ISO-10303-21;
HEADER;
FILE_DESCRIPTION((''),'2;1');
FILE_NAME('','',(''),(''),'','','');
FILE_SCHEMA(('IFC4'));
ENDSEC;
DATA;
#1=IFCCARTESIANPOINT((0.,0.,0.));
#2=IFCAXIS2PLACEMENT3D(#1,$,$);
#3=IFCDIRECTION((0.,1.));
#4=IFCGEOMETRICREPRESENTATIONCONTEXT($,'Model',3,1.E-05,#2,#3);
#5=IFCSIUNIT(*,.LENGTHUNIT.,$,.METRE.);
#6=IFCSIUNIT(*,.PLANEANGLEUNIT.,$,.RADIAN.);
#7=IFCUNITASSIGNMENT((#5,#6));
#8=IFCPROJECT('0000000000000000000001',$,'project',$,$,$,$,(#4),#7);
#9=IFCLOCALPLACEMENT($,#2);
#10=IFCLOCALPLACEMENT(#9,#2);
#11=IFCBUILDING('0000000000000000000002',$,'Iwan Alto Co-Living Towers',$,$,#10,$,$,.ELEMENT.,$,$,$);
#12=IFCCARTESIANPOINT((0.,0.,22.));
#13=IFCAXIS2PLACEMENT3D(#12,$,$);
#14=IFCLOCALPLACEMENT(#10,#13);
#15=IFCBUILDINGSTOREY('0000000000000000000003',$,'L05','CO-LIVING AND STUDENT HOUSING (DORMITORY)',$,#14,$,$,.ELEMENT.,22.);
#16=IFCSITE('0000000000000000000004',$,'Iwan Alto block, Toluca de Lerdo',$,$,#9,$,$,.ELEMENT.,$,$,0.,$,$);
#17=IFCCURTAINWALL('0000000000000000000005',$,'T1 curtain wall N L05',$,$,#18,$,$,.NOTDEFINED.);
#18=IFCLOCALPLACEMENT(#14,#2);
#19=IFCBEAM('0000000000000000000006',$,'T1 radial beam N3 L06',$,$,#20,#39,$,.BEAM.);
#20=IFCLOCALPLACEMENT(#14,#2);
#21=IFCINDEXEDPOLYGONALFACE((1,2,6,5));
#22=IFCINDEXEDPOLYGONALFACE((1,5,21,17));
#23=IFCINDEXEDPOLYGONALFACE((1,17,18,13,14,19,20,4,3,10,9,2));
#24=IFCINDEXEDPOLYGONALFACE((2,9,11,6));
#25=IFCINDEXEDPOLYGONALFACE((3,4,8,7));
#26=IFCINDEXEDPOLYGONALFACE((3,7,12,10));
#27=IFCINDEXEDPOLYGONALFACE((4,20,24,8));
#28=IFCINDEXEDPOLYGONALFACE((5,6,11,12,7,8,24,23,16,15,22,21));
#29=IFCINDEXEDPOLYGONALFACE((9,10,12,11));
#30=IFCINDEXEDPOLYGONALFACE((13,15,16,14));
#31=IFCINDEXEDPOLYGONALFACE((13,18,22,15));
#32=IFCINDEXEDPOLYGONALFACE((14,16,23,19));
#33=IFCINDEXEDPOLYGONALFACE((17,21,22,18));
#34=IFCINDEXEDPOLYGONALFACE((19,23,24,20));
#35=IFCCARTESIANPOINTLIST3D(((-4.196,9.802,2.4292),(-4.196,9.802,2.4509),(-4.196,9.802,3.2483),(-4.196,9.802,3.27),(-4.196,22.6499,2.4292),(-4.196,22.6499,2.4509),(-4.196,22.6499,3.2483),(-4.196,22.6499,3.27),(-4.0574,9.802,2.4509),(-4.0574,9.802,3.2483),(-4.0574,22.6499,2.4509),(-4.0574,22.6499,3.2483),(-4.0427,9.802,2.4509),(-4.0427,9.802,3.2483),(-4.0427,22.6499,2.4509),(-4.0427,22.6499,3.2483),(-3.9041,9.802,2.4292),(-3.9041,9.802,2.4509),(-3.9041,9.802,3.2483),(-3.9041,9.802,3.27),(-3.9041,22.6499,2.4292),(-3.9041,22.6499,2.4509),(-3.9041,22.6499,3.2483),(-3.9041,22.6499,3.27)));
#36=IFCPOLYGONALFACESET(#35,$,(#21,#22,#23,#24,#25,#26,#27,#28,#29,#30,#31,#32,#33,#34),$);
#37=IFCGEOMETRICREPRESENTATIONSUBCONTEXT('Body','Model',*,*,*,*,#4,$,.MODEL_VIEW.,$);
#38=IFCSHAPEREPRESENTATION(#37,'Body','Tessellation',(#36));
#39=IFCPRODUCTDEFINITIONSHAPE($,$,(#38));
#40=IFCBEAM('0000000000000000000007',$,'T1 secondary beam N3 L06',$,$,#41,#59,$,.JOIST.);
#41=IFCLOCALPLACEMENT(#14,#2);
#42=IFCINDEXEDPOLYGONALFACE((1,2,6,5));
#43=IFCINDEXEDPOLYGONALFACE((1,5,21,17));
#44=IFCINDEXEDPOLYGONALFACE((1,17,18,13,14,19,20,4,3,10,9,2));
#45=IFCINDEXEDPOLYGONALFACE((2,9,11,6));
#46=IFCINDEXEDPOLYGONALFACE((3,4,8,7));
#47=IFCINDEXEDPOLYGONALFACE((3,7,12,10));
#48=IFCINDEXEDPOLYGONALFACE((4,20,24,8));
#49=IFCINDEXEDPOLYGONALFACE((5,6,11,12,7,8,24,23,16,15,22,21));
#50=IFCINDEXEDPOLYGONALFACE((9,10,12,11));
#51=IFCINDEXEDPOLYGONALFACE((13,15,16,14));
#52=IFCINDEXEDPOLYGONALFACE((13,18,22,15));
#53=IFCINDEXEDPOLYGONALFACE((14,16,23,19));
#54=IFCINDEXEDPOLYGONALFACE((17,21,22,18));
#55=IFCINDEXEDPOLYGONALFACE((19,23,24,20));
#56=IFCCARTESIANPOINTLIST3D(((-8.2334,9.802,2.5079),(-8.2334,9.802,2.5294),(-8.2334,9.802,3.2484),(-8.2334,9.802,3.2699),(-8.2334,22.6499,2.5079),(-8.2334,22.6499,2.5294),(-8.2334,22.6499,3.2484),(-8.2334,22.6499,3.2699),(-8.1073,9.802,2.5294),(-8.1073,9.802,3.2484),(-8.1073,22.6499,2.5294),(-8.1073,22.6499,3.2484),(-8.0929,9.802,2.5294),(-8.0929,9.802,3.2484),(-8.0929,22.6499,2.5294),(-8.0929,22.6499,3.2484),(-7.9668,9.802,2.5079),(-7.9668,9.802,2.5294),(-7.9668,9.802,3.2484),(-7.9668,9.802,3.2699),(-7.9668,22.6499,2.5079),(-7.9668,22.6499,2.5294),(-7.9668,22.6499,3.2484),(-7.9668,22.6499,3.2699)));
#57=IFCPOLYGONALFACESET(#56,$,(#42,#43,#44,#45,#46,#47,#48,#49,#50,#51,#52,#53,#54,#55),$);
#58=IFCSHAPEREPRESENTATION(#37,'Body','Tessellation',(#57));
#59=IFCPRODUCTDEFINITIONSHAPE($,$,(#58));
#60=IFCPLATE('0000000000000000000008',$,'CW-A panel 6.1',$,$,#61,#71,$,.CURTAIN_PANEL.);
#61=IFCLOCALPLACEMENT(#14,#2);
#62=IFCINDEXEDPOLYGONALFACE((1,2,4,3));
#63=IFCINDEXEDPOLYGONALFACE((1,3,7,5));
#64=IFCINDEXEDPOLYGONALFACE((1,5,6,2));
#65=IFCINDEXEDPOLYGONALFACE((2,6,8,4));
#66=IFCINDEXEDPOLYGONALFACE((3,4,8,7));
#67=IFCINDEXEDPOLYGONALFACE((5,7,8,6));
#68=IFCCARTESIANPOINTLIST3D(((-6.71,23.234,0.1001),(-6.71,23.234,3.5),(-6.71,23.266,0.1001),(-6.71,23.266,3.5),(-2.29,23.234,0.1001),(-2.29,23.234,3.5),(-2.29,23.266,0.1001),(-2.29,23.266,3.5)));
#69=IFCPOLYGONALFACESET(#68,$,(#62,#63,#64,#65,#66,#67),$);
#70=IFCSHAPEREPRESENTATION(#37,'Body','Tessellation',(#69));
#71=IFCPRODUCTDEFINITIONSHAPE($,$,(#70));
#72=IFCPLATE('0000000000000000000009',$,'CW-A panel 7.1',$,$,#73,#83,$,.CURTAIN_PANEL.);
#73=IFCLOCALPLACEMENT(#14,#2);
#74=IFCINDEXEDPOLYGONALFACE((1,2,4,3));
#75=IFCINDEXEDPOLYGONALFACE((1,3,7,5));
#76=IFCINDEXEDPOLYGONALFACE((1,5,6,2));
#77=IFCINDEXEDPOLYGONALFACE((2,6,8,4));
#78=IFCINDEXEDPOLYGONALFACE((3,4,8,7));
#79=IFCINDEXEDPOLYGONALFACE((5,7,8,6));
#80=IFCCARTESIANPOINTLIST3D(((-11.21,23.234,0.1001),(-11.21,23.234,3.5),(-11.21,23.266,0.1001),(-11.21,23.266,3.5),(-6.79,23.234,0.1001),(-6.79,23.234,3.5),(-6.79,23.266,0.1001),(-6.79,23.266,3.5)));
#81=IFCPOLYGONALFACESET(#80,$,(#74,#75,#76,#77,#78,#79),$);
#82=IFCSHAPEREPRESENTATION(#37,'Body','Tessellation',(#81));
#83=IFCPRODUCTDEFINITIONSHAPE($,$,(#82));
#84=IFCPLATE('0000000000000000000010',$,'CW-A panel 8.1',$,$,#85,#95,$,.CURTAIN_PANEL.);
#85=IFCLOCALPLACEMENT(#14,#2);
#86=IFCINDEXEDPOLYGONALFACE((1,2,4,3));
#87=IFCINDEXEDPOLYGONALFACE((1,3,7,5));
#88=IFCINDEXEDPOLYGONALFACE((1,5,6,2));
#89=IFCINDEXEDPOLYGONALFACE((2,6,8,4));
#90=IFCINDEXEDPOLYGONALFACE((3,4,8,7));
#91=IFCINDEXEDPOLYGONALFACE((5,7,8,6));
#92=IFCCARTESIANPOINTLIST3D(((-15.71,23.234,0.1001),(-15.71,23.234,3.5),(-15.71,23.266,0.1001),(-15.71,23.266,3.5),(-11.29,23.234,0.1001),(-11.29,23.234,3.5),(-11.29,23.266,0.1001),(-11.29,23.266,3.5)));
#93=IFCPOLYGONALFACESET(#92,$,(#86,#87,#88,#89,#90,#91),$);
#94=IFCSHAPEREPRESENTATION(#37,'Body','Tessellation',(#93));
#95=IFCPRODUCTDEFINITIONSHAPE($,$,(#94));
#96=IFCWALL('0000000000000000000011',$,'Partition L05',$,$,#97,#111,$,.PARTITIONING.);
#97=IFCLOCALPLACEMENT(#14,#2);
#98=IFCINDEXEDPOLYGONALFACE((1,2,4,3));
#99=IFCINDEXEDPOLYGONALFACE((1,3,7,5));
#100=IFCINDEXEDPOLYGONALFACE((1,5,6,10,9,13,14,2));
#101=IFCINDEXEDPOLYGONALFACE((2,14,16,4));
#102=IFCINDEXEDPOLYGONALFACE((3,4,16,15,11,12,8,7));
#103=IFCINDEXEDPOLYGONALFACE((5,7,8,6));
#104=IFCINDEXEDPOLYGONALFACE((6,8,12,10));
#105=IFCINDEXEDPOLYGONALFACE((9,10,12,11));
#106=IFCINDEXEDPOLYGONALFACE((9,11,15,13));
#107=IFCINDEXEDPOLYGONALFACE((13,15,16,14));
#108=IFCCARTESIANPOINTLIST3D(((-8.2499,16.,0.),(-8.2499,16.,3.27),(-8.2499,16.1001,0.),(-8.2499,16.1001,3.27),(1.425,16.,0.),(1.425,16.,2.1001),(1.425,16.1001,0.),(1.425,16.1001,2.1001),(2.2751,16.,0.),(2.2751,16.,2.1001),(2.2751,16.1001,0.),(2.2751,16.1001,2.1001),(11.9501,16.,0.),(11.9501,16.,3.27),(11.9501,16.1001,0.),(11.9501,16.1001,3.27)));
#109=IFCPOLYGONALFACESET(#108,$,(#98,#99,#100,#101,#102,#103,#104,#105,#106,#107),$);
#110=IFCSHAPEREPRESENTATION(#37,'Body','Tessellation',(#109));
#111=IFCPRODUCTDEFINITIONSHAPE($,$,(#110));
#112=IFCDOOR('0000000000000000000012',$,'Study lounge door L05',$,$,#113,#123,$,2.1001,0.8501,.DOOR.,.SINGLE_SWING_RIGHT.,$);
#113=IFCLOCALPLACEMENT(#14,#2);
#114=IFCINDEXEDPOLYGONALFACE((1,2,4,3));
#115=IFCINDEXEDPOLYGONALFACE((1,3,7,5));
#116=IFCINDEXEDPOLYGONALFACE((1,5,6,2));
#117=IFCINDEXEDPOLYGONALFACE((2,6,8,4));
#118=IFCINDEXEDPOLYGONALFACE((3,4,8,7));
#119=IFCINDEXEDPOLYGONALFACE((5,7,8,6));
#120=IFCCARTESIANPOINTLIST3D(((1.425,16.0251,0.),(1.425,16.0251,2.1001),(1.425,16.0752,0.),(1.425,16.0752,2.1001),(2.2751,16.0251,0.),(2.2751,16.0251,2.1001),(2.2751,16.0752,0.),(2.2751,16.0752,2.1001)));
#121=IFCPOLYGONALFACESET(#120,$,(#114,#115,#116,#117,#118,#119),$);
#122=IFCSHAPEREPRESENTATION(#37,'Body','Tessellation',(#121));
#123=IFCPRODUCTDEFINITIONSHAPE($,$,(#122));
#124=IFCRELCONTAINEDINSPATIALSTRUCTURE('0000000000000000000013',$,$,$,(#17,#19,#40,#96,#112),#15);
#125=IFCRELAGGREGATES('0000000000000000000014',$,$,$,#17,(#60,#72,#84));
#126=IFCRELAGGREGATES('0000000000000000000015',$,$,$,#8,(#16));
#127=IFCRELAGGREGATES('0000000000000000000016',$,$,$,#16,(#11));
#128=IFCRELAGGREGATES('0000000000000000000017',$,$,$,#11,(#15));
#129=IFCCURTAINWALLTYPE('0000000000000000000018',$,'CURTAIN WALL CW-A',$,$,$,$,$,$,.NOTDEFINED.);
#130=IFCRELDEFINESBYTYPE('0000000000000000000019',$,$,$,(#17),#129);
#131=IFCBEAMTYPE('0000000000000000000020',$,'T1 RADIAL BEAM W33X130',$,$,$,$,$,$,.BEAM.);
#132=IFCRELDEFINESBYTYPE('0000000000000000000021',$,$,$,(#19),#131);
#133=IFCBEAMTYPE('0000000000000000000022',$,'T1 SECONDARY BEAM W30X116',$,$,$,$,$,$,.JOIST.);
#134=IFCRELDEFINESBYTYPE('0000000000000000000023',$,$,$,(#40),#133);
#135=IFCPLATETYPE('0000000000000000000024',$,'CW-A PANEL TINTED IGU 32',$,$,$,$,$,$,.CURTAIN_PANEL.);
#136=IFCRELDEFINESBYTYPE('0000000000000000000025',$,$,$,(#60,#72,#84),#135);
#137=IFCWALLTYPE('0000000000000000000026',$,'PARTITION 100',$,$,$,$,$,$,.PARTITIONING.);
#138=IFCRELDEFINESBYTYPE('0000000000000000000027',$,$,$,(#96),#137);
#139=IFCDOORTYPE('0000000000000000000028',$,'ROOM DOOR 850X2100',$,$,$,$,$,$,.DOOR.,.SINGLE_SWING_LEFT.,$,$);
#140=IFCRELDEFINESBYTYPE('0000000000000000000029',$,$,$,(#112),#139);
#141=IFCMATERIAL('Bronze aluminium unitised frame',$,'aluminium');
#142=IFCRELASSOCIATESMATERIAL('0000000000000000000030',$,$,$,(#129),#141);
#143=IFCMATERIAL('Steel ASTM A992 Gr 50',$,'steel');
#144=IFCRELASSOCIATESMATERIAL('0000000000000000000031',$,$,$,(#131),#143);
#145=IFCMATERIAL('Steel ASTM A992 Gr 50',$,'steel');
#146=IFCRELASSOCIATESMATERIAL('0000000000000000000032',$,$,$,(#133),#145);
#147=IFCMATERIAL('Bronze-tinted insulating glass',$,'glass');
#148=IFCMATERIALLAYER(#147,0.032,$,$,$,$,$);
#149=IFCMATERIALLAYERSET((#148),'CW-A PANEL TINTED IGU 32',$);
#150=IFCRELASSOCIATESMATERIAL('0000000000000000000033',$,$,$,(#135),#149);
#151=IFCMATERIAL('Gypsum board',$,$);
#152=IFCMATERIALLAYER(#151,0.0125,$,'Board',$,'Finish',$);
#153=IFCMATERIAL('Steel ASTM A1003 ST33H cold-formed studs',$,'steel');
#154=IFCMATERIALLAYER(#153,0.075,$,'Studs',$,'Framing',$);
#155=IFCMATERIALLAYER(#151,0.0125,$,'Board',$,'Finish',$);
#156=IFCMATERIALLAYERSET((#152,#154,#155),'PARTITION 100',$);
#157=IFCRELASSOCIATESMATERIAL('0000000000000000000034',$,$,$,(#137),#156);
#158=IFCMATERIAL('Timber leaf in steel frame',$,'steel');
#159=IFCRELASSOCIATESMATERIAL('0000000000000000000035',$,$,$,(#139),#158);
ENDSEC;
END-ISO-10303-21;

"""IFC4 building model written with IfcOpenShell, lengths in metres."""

from ifc_helpers import new_model, si_unit, direction, frame, frame_2d, origin, origin_2d, place, context, subcontext, project, spatial, rectangle, i_section, extrude, material, layer, layer_set, material_profile, profile_set, type_object, element, fill, aggregate, save


model = new_model("IFC4")

# Units and contexts
model_context = context("Model", 3, precision=1e-05, world=origin(), true_north=direction((0.0, 1.0)))
body_context = subcontext(model_context, "Body", "Model", "MODEL_VIEW")
ifc_project = project(units=[si_unit("LENGTHUNIT", "METRE"), si_unit("PLANEANGLEUNIT", "RADIAN")], contexts=[model_context])

# Site, building, storey
site_placement = place(None, origin())
site = spatial("IfcSite", under=ifc_project, at=site_placement, Name="Iwan Alto block, Toluca de Lerdo", CompositionType="ELEMENT", RefElevation=0.0)
building_placement = place(site_placement, origin())
building = spatial("IfcBuilding", under=site, at=building_placement, Name="Iwan Alto Co-Living Towers", CompositionType="ELEMENT")
storey_placement = place(building_placement, frame((0.0, 0.0, 22.0)))
storey = spatial("IfcBuildingStorey", under=building, at=storey_placement, Name="L05", Description="CO-LIVING AND STUDENT HOUSING (DORMITORY)", CompositionType="ELEMENT", Elevation=22.0)

# Curtain wall
ifc_material_1 = material(Name="Bronze aluminium unitised frame", Category="aluminium")
curtain_wall_type = type_object("IfcCurtainWallType", Name="CURTAIN WALL CW-A", PredefinedType="NOTDEFINED", material=ifc_material_1)
curtain_wall_placement = place(storey_placement, origin())
curtain_wall = element("IfcCurtainWall", 1, at=curtain_wall_placement, inside=storey, type_object=curtain_wall_type, Name="T1 curtain wall N L05", PredefinedType="NOTDEFINED")

# Beams
ifc_material_2 = material(Name="Steel ASTM A992 Gr 50", Category="steel")
ifc_material_profile_1 = material_profile(ifc_material_2, i_section(OverallWidth=0.292, OverallDepth=0.8408, WebThickness=0.0146, FlangeThickness=0.0217, at=origin_2d()), Name="W33X130")
ifc_profile_set_1 = profile_set([ifc_material_profile_1], Name="Steel ASTM A992 Gr 50")
beam_type_1 = type_object("IfcBeamType", Name="T1 RADIAL BEAM W33X130", PredefinedType="BEAM", material=ifc_profile_set_1)
beam_1_placement = place(storey_placement, frame((-4.05, 22.6499, 2.8496), z_axis=(0.0, -1.0, 0.0), x_axis=(1.0, 0.0, 0.0)))
element("IfcBeam", 2, at=beam_1_placement, inside=storey, type_object=beam_type_1, Name="T1 radial beam N3 L06", PredefinedType="BEAM", context=body_context, shape_type="SweptSolid", body=[
    extrude(i_section(OverallWidth=0.292, OverallDepth=0.8408, WebThickness=0.0146, FlangeThickness=0.0217, at=origin_2d()), origin(), (0.0, 0.0, 1.0), 12.8479),
])
ifc_material_3 = material(Name="Steel ASTM A992 Gr 50", Category="steel")
ifc_material_profile_2 = material_profile(ifc_material_3, i_section(OverallWidth=0.2666, OverallDepth=0.762, WebThickness=0.0144, FlangeThickness=0.0215, at=origin_2d()), Name="W30X116")
ifc_profile_set_2 = profile_set([ifc_material_profile_2], Name="Steel ASTM A992 Gr 50")
beam_type_2 = type_object("IfcBeamType", Name="T1 SECONDARY BEAM W30X116", PredefinedType="JOIST", material=ifc_profile_set_2)
beam_2_placement = place(storey_placement, frame((-8.1001, 22.6499, 2.8889), z_axis=(0.0, -1.0, 0.0), x_axis=(1.0, 0.0, 0.0)))
element("IfcBeam", 3, at=beam_2_placement, inside=storey, type_object=beam_type_2, Name="T1 secondary beam N3 L06", PredefinedType="JOIST", context=body_context, shape_type="SweptSolid", body=[
    extrude(i_section(OverallWidth=0.2666, OverallDepth=0.762, WebThickness=0.0144, FlangeThickness=0.0215, at=origin_2d()), origin(), (0.0, 0.0, 1.0), 12.8479),
])

# Plates
ifc_material_4 = material(Name="Bronze-tinted insulating glass", Category="glass")
ifc_layer_1 = layer(ifc_material_4, 0.032)
ifc_layer_set_1 = layer_set([ifc_layer_1], Name="CW-A PANEL TINTED IGU 32")
plate_type = type_object("IfcPlateType", Name="CW-A PANEL TINTED IGU 32", PredefinedType="CURTAIN_PANEL", material=ifc_layer_set_1)
plate_1_placement = place(storey_placement, frame((-4.5, 23.25, 0.1001), z_axis=(0.0, 0.0, 1.0), x_axis=(-1.0, 0.0, 0.0)))
plate_1 = element("IfcPlate", 4, at=plate_1_placement, type_object=plate_type, Name="CW-A panel 6.1", PredefinedType="CURTAIN_PANEL", context=body_context, shape_type="SweptSolid", body=[
    extrude(rectangle(XDim=4.4199, YDim=0.032, at=origin_2d()), origin(), (0.0, 0.0, 1.0), 3.3999),
])
plate_2_placement = place(storey_placement, frame((-9.0, 23.25, 0.1001), z_axis=(0.0, 0.0, 1.0), x_axis=(-1.0, 0.0, 0.0)))
plate_2 = element("IfcPlate", 5, at=plate_2_placement, type_object=plate_type, Name="CW-A panel 7.1", PredefinedType="CURTAIN_PANEL", context=body_context, shape_type="SweptSolid", body=[
    extrude(rectangle(XDim=4.4199, YDim=0.032, at=origin_2d()), origin(), (0.0, 0.0, 1.0), 3.3999),
])
plate_3_placement = place(storey_placement, frame((-13.5, 23.25, 0.1001), z_axis=(0.0, 0.0, 1.0), x_axis=(-1.0, 0.0, 0.0)))
plate_3 = element("IfcPlate", 6, at=plate_3_placement, type_object=plate_type, Name="CW-A panel 8.1", PredefinedType="CURTAIN_PANEL", context=body_context, shape_type="SweptSolid", body=[
    extrude(rectangle(XDim=4.4199, YDim=0.032, at=origin_2d()), origin(), (0.0, 0.0, 1.0), 3.3999),
])
aggregate(curtain_wall, [plate_1, plate_2, plate_3])

# Wall, opening, door
ifc_material_5 = material(Name="Gypsum board")
ifc_layer_2 = layer(ifc_material_5, 0.0125, Name="Board", Category="Finish")
ifc_material_6 = material(Name="Steel ASTM A1003 ST33H cold-formed studs", Category="steel")
ifc_layer_3 = layer(ifc_material_6, 0.075, Name="Studs", Category="Framing")
ifc_layer_4 = layer(ifc_material_5, 0.0125, Name="Board", Category="Finish")
ifc_layer_set_2 = layer_set([ifc_layer_2, ifc_layer_3, ifc_layer_4], Name="PARTITION 100")
wall_type = type_object("IfcWallType", Name="PARTITION 100", PredefinedType="PARTITIONING", material=ifc_layer_set_2)
wall_1_placement = place(storey_placement, frame((-8.25, 16.05, 0.0), z_axis=(0.0, 0.0, 1.0), x_axis=(1.0, 0.0, 0.0)))
wall_1 = element("IfcWall", 7, at=wall_1_placement, inside=storey, type_object=wall_type, Name="Partition L05", PredefinedType="PARTITIONING", context=body_context, shape_type="SweptSolid", body=[
    extrude(rectangle(XDim=20.2, YDim=0.1001, at=frame_2d((10.1001, 0.0))), origin(), (0.0, 0.0, 1.0), 3.27),
])
opening_1_placement = place(wall_1_placement, frame((9.675, 0.0, 0.0)))
opening_1 = element("IfcOpeningElement", 8, at=opening_1_placement, cuts=wall_1, PredefinedType="OPENING", context=body_context, shape_type="SweptSolid", body=[
    extrude(rectangle(XDim=0.8501, YDim=2.1001, at=frame_2d((0.425, 1.05))), frame((0.0, 0.0601, 0.0), z_axis=(0.0, -1.0, 0.0), x_axis=(1.0, 0.0, 0.0)), (0.0, 0.0, 1.0), 0.1201),
])
ifc_material_7 = material(Name="Timber leaf in steel frame", Category="steel")
door_type_1 = type_object("IfcDoorType", Name="ROOM DOOR 850X2100", OperationType="SINGLE_SWING_LEFT", PredefinedType="DOOR", material=ifc_material_7)
door_1_placement = place(opening_1_placement, frame((0.8501, 0.0, 0.0), z_axis=(0.0, 0.0, 1.0), x_axis=(-1.0, 0.0, 0.0)))
door_1 = element("IfcDoor", 9, at=door_1_placement, inside=storey, type_object=door_type_1, Name="Study lounge door L05", OperationType="SINGLE_SWING_RIGHT", OverallHeight=2.1001, OverallWidth=0.8501, PredefinedType="DOOR", context=body_context, shape_type="SweptSolid", body=[
    extrude(rectangle(XDim=0.8501, YDim=2.1001, at=frame_2d((0.425, 1.05))), frame((0.0, 0.0249, 0.0), z_axis=(0.0, -1.0, 0.0), x_axis=(1.0, 0.0, 0.0)), (0.0, 0.0, 1.0), 0.05),
])
fill(opening_1, door_1)

save(model, "model.ifc")
